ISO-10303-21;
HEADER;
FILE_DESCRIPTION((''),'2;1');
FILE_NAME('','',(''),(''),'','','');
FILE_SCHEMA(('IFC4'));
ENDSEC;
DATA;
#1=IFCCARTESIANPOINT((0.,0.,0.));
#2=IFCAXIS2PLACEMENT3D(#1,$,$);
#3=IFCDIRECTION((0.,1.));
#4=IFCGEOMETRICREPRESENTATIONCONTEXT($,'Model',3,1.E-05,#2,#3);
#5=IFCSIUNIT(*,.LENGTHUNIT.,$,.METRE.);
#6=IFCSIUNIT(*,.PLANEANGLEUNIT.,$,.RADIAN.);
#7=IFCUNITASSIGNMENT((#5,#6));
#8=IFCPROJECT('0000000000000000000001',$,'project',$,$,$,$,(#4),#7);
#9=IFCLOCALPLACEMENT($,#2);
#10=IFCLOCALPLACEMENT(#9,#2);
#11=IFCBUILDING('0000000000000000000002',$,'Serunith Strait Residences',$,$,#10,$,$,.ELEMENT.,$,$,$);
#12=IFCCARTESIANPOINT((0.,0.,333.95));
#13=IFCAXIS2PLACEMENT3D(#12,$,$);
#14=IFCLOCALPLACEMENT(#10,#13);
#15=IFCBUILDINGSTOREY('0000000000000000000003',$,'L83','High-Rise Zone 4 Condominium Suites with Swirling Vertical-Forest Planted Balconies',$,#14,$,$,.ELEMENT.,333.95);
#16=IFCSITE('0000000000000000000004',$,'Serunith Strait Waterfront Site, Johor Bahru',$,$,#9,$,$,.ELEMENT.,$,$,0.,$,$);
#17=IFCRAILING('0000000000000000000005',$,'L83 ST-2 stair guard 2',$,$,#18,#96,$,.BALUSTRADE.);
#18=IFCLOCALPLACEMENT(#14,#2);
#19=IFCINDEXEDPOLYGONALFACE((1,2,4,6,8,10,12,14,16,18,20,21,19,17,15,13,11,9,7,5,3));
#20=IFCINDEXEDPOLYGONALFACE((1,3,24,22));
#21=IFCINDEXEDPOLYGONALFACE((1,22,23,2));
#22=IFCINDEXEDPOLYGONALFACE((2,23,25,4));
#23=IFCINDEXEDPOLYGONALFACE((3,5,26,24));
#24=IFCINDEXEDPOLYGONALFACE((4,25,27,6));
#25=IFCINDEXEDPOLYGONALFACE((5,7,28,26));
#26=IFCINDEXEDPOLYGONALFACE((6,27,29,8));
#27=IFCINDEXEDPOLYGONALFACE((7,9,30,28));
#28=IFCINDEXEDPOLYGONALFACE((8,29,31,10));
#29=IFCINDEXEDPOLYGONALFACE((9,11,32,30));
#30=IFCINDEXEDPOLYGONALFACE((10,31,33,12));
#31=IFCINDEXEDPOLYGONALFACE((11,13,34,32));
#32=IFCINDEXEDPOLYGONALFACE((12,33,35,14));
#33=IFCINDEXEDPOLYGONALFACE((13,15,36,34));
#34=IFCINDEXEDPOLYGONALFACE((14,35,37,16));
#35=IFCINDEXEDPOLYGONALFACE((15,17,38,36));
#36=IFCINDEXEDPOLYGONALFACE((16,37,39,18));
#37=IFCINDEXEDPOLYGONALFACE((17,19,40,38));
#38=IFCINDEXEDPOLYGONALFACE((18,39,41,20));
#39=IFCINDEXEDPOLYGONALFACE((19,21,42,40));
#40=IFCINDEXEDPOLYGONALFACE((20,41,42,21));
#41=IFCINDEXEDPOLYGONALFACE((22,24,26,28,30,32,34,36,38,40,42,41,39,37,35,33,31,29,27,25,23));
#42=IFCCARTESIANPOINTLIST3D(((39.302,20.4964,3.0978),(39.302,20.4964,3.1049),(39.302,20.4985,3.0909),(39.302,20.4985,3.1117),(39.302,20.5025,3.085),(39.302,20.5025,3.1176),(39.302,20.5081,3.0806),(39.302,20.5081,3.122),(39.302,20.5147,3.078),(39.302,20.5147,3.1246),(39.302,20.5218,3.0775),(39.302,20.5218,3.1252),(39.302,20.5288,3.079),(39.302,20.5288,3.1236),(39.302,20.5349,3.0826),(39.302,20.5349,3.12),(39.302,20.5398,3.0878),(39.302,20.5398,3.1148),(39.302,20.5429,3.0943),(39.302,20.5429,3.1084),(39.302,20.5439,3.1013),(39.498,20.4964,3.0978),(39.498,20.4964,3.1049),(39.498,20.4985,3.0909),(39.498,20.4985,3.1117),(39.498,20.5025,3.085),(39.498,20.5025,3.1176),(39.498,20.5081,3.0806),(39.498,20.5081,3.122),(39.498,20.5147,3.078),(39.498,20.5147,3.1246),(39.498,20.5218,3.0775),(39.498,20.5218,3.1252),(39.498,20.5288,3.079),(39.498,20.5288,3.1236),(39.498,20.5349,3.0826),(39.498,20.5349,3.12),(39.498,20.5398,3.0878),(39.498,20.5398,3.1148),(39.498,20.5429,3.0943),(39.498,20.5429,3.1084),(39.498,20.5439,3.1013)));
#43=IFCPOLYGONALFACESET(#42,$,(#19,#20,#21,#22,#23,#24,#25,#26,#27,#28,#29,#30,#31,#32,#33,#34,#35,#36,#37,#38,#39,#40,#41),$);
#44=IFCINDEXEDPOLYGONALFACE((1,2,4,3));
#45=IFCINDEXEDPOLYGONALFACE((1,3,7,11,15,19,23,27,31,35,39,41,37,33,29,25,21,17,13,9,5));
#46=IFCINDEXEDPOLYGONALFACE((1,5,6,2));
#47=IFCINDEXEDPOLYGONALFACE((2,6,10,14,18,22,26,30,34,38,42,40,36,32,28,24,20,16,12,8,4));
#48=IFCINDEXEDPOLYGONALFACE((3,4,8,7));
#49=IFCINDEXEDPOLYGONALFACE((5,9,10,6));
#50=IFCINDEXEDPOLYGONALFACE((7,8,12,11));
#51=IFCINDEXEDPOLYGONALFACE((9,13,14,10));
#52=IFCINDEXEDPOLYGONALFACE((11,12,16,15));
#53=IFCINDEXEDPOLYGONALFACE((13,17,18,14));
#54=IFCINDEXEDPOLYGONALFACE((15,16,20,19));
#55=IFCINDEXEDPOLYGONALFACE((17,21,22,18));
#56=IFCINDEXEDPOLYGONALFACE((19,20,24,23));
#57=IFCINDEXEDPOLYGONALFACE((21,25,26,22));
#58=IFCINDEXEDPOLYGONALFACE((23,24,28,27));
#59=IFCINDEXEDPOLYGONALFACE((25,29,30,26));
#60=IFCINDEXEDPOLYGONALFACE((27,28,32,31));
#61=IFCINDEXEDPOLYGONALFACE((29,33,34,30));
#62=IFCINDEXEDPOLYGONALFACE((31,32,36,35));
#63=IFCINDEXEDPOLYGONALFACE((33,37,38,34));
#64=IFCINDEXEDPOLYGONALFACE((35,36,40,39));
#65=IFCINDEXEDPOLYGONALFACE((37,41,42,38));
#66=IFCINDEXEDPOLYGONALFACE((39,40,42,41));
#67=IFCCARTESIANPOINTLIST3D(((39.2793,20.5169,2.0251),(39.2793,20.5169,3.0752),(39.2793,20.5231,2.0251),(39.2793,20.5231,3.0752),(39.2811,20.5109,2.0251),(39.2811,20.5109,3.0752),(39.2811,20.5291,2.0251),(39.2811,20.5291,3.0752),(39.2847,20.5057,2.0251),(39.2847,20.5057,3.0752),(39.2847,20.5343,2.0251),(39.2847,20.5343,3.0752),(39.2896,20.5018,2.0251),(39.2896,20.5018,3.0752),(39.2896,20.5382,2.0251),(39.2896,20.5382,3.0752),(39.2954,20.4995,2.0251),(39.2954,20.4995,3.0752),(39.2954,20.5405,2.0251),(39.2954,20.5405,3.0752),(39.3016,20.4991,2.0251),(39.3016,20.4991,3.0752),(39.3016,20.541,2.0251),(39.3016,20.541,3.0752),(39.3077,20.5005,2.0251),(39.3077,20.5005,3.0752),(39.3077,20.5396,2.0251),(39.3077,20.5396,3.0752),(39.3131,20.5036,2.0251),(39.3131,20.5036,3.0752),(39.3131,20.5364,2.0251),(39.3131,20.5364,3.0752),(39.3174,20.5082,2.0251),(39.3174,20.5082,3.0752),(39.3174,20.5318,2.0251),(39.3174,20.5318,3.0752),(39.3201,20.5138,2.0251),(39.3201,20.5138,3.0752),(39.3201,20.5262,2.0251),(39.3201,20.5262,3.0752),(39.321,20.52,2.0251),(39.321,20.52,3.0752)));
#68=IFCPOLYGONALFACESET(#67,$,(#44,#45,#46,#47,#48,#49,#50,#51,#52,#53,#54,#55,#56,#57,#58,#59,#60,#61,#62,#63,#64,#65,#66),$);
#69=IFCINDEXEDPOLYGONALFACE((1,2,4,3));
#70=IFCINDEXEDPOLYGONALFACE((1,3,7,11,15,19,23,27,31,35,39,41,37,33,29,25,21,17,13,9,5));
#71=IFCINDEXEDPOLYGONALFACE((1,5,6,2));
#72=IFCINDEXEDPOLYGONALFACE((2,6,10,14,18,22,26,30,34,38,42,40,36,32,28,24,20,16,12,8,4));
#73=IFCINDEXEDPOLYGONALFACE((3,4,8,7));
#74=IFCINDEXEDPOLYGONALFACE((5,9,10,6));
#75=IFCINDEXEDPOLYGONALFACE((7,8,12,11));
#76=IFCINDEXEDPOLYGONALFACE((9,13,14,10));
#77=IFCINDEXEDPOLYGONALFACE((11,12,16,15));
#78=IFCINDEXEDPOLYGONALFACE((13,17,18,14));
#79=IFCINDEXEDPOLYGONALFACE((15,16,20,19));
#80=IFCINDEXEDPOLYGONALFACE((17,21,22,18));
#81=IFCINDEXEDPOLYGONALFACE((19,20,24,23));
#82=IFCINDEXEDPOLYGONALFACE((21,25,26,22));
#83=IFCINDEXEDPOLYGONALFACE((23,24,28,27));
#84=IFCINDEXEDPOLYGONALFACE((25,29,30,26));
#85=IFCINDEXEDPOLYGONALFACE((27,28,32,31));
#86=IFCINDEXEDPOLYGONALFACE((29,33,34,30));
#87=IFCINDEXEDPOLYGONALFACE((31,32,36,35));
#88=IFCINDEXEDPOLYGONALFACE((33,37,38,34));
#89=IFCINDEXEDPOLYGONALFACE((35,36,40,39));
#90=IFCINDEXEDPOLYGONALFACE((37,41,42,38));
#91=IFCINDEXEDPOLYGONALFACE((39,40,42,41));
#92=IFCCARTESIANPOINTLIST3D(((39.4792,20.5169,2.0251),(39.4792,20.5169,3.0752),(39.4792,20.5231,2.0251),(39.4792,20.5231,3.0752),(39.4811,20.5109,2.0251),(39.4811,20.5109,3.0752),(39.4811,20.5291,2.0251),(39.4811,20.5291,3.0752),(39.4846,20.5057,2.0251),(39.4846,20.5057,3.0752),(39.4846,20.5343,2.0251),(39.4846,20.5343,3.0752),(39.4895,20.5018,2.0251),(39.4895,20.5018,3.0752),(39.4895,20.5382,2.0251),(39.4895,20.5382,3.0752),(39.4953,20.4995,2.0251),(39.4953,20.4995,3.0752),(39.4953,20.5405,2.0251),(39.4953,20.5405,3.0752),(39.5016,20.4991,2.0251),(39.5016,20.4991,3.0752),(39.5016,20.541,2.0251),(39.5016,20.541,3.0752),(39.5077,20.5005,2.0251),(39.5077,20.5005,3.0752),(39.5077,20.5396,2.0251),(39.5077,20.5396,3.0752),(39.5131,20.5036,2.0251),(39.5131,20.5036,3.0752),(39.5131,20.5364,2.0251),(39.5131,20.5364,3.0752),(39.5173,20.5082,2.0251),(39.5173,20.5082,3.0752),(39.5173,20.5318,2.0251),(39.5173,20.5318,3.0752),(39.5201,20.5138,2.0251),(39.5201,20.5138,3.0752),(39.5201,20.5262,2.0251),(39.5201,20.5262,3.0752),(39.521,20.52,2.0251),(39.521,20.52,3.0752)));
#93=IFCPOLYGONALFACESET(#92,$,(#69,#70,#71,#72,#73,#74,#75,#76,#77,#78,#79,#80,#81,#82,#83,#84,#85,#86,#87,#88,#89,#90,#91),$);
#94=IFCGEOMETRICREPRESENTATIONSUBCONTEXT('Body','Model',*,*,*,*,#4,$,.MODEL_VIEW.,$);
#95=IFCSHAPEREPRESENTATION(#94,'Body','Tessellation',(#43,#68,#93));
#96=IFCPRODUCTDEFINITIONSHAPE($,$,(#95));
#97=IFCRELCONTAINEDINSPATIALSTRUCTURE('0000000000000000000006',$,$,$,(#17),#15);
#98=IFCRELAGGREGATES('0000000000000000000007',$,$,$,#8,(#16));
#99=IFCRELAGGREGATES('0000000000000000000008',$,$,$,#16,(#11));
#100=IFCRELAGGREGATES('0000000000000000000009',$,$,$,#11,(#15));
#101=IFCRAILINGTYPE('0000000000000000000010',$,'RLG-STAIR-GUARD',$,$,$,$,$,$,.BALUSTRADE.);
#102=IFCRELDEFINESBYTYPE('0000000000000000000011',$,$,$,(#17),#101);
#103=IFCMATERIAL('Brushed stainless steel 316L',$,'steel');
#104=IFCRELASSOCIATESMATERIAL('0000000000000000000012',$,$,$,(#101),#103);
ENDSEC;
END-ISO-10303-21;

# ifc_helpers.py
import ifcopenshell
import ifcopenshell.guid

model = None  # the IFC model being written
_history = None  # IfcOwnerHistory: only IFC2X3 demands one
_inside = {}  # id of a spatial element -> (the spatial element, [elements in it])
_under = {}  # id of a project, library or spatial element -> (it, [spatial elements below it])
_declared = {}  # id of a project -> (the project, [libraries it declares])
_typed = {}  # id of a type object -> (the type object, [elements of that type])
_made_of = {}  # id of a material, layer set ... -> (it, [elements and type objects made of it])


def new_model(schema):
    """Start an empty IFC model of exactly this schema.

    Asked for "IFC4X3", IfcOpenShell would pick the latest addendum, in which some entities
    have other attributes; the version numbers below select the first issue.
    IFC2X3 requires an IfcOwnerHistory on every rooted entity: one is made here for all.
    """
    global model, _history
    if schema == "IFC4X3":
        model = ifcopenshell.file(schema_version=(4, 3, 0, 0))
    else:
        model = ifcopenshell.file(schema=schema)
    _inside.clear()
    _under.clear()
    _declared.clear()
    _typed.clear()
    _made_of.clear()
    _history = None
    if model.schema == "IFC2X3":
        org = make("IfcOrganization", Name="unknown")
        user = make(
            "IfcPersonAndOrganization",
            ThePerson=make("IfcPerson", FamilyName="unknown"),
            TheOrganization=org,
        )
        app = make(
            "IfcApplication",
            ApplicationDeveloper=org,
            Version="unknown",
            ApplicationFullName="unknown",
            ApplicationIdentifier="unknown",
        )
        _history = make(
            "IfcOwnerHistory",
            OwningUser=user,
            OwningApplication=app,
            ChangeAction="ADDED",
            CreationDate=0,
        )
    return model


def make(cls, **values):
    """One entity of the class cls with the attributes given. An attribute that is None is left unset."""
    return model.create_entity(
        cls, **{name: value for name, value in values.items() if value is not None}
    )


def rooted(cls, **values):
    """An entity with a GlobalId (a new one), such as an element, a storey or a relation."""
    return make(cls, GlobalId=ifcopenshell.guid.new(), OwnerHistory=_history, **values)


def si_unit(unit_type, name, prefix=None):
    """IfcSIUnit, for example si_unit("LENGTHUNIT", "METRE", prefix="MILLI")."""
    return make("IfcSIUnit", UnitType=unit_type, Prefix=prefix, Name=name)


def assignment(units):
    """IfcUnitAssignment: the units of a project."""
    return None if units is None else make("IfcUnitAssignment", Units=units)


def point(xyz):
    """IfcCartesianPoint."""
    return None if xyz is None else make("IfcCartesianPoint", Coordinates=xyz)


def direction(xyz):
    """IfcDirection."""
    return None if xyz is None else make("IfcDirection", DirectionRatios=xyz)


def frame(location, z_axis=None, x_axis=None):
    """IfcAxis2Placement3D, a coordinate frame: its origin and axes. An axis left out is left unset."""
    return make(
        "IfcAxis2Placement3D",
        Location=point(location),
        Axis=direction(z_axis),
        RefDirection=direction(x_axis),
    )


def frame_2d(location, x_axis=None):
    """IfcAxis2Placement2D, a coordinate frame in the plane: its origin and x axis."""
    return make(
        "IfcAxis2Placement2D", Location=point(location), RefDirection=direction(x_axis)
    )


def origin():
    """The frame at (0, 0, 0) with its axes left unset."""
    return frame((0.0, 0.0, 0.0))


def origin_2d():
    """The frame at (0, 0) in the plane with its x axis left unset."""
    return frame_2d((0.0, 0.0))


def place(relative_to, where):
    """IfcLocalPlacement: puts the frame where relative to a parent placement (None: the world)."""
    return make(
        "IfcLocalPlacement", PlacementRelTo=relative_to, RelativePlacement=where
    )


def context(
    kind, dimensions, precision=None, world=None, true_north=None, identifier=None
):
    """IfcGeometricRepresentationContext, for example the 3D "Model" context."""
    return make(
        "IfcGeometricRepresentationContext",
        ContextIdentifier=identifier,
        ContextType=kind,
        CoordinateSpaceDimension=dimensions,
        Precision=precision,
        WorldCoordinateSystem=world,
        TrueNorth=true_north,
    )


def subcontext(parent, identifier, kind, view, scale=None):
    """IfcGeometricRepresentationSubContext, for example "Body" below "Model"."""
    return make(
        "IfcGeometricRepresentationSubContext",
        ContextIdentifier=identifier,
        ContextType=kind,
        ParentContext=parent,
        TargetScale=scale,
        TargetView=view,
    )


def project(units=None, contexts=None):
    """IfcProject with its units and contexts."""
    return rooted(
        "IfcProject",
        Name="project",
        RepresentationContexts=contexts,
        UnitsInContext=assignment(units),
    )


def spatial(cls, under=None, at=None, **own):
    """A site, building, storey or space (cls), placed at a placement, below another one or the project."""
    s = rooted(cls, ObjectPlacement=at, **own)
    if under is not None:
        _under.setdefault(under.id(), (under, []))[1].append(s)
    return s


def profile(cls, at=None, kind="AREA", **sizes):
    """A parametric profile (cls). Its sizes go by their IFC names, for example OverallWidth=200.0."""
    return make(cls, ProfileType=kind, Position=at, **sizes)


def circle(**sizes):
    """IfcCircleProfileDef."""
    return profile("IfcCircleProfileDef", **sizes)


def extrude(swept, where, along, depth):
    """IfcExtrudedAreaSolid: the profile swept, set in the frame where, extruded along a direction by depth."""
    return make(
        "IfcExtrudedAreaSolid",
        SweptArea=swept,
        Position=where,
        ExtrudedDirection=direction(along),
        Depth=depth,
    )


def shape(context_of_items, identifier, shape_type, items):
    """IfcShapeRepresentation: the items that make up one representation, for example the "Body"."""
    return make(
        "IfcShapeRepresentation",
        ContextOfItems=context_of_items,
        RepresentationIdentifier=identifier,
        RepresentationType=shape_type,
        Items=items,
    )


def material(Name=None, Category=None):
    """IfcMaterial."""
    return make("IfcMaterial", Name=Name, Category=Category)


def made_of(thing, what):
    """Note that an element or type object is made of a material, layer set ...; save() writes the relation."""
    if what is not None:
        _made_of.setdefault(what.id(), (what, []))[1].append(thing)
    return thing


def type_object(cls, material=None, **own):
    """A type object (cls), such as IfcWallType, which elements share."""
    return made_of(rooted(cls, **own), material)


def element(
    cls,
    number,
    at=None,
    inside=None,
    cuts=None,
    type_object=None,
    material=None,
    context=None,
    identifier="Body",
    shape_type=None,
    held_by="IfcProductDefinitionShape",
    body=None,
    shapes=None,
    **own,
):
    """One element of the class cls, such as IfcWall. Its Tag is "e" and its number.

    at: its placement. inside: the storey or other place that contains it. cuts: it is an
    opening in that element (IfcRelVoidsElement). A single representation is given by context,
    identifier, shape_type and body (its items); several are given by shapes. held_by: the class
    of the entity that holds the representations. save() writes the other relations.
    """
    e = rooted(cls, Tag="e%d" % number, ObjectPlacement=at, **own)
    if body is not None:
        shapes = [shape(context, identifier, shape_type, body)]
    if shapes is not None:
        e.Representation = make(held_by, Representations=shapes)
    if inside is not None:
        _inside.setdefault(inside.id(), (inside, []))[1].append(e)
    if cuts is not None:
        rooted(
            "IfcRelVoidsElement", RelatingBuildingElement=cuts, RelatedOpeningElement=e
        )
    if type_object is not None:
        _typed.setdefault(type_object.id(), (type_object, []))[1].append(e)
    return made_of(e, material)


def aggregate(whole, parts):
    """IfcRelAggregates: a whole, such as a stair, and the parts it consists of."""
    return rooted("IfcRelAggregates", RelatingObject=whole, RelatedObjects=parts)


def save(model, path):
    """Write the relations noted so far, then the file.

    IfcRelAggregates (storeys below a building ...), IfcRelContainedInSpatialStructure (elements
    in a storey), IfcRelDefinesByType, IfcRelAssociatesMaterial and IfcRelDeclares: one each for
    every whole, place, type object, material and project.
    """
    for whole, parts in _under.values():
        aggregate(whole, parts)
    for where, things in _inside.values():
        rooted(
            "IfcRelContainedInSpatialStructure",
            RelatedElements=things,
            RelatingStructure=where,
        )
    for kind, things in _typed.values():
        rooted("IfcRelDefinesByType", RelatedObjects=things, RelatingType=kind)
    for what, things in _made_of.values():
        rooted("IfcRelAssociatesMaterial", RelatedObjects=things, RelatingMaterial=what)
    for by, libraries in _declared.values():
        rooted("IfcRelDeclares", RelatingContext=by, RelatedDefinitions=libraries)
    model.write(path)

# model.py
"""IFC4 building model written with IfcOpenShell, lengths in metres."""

from ifc_helpers import new_model, si_unit, direction, frame, origin, origin_2d, place, context, subcontext, project, spatial, circle, extrude, material, type_object, element, save


model = new_model("IFC4")

# Units and contexts
model_context = context("Model", 3, precision=1e-05, world=origin(), true_north=direction((0.0, 1.0)))
body_context = subcontext(model_context, "Body", "Model", "MODEL_VIEW")
ifc_project = project(units=[si_unit("LENGTHUNIT", "METRE"), si_unit("PLANEANGLEUNIT", "RADIAN")], contexts=[model_context])

# Site, building, storey
site_placement = place(None, origin())
site = spatial("IfcSite", under=ifc_project, at=site_placement, Name="Serunith Strait Waterfront Site, Johor Bahru", CompositionType="ELEMENT", RefElevation=0.0)
building_placement = place(site_placement, origin())
building = spatial("IfcBuilding", under=site, at=building_placement, Name="Serunith Strait Residences", CompositionType="ELEMENT")
storey_placement = place(building_placement, frame((0.0, 0.0, 333.95)))
storey = spatial("IfcBuildingStorey", under=building, at=storey_placement, Name="L83", Description="High-Rise Zone 4 Condominium Suites with Swirling Vertical-Forest Planted Balconies", CompositionType="ELEMENT", Elevation=333.95)

# Railing
ifc_material_1 = material(Name="Brushed stainless steel 316L", Category="steel")
railing_type_1 = type_object("IfcRailingType", Name="RLG-STAIR-GUARD", PredefinedType="BALUSTRADE", material=ifc_material_1)
railing_1_placement = place(storey_placement, frame((39.3, 20.52, 2.0251)))
element("IfcRailing", 1, at=railing_1_placement, inside=storey, type_object=railing_type_1, Name="L83 ST-2 stair guard 2", PredefinedType="BALUSTRADE", context=body_context, shape_type="SweptSolid", body=[
    extrude(circle(Radius=0.0239, at=origin_2d()), frame((0.002, 0.0, 1.0762), z_axis=(1.0, 0.0, 0.0), x_axis=(0.0, 1.0, 0.0)), (0.0, 0.0, 1.0), 0.196),
    extrude(circle(Radius=0.021, at=origin_2d()), origin(), (0.0, 0.0, 1.0), 1.05),
    extrude(circle(Radius=0.021, at=origin_2d()), frame((0.2, 0.0, 0.0)), (0.0, 0.0, 1.0), 1.05),
])

save(model, "model.ifc")
